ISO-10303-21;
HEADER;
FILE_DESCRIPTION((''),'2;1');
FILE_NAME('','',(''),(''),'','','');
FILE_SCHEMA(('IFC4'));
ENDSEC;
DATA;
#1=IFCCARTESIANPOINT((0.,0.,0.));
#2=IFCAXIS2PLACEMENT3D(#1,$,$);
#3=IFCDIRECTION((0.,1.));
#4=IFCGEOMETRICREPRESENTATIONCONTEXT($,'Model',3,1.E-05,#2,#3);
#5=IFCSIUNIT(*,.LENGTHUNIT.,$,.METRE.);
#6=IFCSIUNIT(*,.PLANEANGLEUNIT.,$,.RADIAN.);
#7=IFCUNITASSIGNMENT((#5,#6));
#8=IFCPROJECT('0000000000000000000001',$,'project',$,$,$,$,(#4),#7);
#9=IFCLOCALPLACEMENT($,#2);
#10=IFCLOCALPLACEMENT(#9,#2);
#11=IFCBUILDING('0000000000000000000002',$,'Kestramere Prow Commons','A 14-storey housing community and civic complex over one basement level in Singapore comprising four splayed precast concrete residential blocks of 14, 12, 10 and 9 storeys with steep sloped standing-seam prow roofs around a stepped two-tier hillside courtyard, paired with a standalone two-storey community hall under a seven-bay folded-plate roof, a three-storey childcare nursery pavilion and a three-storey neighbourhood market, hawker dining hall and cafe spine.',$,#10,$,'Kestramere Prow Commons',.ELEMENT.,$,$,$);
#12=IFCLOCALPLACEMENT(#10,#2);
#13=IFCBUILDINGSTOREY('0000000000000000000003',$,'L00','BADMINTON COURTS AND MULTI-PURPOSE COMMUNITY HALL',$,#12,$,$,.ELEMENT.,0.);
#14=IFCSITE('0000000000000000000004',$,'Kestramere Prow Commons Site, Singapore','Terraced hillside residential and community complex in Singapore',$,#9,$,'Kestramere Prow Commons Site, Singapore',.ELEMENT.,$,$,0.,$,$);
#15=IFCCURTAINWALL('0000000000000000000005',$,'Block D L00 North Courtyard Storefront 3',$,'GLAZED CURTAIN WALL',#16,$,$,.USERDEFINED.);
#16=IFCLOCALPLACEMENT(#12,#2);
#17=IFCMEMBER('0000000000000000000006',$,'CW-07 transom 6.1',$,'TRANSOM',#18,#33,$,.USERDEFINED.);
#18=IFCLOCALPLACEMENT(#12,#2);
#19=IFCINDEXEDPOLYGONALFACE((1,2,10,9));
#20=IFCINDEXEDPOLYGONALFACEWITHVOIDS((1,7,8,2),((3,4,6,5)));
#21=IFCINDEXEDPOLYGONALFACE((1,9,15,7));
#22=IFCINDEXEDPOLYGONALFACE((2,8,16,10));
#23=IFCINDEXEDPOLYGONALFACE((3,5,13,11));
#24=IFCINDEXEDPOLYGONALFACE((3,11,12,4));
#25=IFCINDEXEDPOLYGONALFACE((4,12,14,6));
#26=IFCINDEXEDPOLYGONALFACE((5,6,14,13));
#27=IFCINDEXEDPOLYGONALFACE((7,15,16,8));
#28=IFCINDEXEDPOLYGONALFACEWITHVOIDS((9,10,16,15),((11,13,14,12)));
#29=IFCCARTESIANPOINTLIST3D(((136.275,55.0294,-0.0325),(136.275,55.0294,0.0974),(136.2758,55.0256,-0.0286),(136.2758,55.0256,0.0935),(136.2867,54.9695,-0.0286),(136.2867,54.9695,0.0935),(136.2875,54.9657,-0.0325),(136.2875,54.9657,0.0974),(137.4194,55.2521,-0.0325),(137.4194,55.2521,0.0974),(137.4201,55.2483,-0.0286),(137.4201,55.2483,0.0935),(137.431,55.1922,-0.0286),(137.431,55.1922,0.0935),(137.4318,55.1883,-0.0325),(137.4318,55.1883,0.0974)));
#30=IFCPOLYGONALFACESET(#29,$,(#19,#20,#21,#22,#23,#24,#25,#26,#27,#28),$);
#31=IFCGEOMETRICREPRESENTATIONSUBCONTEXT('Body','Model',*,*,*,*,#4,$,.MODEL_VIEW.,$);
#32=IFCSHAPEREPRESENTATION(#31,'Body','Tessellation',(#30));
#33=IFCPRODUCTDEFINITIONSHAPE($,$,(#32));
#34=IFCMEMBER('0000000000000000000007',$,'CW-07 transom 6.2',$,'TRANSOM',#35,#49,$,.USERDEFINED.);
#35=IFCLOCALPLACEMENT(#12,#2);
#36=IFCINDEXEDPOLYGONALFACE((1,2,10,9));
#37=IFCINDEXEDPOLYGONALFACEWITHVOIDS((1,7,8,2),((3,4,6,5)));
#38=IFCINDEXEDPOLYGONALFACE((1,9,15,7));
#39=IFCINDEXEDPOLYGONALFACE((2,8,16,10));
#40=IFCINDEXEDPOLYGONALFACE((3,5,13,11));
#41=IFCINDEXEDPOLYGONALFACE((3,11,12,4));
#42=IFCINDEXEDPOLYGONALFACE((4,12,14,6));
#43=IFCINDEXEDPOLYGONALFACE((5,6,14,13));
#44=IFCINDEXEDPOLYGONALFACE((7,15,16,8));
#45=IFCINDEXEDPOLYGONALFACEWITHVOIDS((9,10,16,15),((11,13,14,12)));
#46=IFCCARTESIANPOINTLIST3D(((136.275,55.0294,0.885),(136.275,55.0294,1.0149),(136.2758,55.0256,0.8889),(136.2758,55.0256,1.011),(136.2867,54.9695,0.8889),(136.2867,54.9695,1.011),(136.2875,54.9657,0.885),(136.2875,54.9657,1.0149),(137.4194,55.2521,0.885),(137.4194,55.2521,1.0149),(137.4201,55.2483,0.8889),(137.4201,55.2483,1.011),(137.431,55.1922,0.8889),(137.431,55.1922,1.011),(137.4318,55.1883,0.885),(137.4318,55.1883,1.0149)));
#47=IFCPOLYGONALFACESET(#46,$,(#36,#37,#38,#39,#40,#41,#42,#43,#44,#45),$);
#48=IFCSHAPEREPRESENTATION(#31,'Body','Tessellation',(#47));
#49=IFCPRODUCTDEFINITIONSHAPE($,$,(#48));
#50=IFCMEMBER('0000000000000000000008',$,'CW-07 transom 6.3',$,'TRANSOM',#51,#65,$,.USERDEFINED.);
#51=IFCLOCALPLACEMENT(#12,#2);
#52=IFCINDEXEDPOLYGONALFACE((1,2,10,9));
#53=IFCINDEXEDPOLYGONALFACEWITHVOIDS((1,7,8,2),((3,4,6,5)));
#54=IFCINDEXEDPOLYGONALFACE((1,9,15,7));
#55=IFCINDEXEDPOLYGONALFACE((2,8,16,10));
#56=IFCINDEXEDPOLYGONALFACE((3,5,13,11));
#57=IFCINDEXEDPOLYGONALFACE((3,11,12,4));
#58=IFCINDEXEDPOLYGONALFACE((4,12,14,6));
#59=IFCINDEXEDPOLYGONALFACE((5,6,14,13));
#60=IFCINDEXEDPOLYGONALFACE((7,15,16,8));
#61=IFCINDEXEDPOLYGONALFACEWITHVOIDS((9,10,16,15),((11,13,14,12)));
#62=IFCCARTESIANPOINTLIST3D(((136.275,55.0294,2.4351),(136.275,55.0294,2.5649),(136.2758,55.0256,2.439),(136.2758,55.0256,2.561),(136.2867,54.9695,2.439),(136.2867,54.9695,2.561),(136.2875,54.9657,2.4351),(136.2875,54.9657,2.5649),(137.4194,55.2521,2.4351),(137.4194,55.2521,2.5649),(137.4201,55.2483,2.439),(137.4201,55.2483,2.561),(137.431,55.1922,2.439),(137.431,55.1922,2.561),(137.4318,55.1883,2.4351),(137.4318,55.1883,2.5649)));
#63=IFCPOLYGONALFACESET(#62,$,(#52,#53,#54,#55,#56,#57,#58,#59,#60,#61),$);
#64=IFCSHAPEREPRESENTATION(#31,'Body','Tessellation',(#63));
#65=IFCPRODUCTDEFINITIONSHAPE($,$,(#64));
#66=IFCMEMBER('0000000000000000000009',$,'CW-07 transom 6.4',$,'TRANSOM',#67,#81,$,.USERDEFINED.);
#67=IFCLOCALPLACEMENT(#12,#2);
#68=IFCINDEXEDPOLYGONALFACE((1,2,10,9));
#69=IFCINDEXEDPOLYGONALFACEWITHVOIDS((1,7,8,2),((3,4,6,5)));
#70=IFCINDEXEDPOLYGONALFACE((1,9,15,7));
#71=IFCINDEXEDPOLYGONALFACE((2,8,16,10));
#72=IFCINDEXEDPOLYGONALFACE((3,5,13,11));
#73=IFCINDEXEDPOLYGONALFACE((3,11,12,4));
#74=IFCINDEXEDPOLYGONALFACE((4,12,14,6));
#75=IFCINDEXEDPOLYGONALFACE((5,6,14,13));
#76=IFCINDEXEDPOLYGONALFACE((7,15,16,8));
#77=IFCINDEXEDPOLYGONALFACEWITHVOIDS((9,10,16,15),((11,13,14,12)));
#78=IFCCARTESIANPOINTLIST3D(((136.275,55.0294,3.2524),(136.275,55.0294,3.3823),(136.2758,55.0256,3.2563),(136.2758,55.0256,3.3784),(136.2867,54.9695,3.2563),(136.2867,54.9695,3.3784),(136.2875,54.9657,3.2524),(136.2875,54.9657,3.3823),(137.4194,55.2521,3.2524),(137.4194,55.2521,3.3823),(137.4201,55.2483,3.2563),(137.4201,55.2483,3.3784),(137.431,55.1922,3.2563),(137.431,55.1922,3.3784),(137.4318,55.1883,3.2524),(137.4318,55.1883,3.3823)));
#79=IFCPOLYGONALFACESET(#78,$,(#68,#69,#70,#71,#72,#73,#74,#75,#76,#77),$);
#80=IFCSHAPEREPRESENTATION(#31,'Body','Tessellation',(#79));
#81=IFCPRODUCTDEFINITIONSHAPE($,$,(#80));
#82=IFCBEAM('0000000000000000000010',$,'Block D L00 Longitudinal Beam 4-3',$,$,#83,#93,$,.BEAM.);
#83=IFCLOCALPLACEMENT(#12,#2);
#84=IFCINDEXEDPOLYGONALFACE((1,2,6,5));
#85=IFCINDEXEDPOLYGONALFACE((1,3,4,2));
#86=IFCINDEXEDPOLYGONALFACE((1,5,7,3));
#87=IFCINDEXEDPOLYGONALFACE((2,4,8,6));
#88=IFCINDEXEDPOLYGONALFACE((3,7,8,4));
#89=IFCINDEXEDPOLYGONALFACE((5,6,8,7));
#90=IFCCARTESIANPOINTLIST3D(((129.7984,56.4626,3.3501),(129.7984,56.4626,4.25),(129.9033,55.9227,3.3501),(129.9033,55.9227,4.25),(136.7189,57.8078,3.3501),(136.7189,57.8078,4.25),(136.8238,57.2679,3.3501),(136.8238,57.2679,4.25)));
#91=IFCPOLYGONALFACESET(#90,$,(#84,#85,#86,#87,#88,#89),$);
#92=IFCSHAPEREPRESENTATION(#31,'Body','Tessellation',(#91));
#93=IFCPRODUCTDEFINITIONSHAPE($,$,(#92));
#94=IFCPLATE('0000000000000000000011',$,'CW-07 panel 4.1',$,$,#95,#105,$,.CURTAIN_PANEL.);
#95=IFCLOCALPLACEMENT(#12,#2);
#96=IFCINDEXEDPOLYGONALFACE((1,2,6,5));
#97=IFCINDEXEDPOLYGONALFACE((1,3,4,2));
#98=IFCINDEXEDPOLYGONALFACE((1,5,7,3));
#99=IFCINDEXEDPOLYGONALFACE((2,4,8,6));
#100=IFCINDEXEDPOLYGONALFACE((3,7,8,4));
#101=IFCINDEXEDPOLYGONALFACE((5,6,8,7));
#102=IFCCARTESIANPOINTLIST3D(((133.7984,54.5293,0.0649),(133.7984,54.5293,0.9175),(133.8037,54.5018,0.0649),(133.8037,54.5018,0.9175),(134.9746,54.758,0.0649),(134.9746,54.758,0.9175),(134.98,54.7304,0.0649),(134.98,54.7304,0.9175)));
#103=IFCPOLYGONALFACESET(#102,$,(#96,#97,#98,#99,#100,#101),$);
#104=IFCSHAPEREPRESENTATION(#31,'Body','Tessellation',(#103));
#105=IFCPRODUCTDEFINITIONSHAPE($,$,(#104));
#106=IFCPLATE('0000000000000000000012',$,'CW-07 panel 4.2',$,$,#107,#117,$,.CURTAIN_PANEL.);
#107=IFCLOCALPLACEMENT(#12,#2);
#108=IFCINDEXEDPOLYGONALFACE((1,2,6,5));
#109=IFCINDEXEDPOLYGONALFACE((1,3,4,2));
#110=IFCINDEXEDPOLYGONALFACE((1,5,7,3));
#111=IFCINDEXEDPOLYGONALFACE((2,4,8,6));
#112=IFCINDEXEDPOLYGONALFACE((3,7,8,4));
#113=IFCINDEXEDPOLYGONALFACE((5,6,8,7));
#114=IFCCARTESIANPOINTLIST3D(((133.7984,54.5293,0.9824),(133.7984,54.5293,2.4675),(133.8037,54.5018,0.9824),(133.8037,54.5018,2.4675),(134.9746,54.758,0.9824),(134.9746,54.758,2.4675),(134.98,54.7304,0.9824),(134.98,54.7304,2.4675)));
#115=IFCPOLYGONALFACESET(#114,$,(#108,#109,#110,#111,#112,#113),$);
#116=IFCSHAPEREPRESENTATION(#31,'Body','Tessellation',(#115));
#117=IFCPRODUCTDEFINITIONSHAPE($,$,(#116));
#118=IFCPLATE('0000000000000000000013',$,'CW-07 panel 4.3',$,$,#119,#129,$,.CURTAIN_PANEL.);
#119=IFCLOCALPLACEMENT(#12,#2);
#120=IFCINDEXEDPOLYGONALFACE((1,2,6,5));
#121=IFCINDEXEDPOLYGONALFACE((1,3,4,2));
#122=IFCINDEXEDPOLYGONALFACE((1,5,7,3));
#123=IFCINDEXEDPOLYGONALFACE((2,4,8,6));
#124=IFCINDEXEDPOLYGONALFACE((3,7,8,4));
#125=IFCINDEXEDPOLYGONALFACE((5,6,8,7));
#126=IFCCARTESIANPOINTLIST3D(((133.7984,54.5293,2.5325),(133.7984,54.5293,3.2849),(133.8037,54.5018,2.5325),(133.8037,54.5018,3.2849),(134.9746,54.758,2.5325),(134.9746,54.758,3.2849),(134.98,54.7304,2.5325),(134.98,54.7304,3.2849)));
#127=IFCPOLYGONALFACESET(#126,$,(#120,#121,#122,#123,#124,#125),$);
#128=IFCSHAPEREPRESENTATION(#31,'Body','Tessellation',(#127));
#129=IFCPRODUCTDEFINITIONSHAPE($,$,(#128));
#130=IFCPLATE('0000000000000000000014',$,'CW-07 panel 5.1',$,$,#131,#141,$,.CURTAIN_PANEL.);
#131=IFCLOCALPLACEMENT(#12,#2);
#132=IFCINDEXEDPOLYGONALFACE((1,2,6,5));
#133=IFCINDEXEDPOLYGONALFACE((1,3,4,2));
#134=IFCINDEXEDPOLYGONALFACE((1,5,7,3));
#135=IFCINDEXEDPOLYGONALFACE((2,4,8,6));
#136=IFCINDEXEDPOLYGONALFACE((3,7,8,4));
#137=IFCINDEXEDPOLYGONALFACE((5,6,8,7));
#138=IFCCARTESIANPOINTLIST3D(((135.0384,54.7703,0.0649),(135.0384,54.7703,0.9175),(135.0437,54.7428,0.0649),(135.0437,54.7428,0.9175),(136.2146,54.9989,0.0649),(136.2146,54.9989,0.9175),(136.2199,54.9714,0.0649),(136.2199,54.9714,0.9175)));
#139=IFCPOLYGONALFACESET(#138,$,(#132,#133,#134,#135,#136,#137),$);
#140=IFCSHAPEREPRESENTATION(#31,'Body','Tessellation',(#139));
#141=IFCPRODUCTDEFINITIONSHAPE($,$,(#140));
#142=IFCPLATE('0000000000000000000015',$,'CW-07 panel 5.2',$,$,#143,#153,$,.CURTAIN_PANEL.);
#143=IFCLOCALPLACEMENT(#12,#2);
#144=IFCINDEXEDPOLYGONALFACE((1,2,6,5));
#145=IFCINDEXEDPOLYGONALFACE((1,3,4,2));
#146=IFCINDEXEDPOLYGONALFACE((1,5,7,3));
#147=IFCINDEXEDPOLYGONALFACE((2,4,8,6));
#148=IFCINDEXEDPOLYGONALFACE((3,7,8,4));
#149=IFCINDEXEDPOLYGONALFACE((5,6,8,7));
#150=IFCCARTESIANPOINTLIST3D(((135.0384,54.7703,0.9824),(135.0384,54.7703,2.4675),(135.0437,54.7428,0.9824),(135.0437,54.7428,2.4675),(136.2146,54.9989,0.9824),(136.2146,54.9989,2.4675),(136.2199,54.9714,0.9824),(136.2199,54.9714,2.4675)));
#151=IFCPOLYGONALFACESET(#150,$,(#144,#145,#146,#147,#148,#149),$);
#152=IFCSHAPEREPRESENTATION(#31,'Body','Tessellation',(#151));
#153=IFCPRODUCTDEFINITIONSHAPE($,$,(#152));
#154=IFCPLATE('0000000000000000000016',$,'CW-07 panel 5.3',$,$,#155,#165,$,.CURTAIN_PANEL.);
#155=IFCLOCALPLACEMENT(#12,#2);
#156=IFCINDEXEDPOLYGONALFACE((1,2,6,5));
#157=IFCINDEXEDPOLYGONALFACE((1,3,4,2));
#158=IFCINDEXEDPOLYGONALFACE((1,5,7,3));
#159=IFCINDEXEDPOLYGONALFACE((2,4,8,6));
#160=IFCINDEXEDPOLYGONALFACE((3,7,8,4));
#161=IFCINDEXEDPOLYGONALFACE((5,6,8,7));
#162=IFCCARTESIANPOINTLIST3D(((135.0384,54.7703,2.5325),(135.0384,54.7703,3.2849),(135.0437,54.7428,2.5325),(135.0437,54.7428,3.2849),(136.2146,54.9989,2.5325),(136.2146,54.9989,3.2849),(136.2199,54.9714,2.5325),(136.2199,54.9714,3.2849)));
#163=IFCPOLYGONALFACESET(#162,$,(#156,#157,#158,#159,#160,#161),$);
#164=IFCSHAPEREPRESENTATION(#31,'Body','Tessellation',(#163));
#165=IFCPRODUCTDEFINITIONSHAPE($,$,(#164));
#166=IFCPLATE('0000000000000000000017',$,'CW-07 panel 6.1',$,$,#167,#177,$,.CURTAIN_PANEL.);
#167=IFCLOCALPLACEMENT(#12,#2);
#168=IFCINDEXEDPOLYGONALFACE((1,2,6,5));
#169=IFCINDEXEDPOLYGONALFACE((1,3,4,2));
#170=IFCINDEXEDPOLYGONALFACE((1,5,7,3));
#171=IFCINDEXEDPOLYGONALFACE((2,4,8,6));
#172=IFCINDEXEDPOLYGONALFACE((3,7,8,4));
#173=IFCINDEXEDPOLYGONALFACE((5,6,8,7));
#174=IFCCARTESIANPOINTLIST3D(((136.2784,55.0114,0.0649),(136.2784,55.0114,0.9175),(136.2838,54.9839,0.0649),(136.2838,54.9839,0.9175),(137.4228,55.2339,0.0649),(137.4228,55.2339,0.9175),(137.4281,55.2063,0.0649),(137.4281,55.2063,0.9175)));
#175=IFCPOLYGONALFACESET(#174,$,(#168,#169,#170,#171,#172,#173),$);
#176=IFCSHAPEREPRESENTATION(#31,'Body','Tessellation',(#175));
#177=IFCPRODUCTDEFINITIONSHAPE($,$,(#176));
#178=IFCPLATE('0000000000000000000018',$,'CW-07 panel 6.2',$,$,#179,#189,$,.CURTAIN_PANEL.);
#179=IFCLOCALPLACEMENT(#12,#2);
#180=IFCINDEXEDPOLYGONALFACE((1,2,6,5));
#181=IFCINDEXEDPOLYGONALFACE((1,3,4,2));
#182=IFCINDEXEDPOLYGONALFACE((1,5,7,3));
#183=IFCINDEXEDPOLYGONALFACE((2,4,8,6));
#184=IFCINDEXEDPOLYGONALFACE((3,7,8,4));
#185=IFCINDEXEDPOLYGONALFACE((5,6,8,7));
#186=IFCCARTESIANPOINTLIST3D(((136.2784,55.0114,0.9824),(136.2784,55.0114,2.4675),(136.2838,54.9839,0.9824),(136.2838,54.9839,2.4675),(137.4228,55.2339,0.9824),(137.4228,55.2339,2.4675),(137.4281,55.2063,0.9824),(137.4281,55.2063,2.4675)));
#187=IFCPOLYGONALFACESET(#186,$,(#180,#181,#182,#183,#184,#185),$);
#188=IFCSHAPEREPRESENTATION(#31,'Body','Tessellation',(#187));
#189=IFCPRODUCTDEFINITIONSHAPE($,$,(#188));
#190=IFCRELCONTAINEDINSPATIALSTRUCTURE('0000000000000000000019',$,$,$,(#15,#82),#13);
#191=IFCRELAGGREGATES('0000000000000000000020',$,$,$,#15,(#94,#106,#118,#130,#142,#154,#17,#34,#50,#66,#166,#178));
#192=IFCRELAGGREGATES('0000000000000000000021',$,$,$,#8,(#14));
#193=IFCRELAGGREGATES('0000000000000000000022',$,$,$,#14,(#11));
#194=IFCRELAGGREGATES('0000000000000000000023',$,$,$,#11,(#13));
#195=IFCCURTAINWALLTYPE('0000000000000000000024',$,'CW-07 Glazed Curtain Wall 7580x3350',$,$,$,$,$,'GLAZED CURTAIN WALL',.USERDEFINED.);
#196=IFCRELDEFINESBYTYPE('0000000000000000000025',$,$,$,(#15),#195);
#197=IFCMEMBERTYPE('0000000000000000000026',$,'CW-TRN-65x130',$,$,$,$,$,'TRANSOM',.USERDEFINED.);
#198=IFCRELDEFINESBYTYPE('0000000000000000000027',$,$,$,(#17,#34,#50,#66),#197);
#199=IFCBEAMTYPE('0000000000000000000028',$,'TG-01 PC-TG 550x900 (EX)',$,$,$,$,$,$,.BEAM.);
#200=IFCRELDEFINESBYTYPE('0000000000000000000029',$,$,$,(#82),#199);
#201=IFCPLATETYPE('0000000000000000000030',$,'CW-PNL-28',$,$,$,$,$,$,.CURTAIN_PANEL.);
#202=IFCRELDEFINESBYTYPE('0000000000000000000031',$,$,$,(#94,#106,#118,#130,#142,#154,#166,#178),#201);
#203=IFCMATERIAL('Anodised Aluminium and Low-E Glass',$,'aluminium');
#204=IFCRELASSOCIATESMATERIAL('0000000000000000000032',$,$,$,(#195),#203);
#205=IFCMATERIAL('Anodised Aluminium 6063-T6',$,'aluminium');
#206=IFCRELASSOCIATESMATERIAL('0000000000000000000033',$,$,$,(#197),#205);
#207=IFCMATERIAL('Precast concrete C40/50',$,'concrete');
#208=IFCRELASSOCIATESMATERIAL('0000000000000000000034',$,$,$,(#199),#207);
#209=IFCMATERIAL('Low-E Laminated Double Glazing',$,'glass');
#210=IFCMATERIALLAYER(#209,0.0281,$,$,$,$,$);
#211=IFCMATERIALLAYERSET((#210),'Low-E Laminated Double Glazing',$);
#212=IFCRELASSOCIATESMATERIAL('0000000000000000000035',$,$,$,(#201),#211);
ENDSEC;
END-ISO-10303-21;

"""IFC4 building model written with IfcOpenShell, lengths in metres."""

from ifc_helpers import new_model, si_unit, direction, frame, origin, origin_2d, place, context, subcontext, project, spatial, rectangle, hollow_rectangle, extrude, material, layer, layer_set, material_profile, profile_set, type_object, element, aggregate, save


model = new_model("IFC4")

# Units and contexts
model_context = context("Model", 3, precision=1e-05, world=origin(), true_north=direction((0.0, 1.0)))
body_context = subcontext(model_context, "Body", "Model", "MODEL_VIEW")
ifc_project = project(units=[si_unit("LENGTHUNIT", "METRE"), si_unit("PLANEANGLEUNIT", "RADIAN")], contexts=[model_context])

# Site, building, storey
site_placement = place(None, origin())
site = spatial("IfcSite", under=ifc_project, at=site_placement, Name="Kestramere Prow Commons Site, Singapore", Description="Terraced hillside residential and community complex in Singapore", LongName="Kestramere Prow Commons Site, Singapore", CompositionType="ELEMENT", RefElevation=0.0)
building_placement = place(site_placement, origin())
building = spatial("IfcBuilding", under=site, at=building_placement, Name="Kestramere Prow Commons", Description="A 14-storey housing community and civic complex over one basement level in Singapore comprising four splayed precast concrete residential blocks of 14, 12, 10 and 9 storeys with steep sloped standing-seam prow roofs around a stepped two-tier hillside courtyard, paired with a standalone two-storey community hall under a seven-bay folded-plate roof, a three-storey childcare nursery pavilion and a three-storey neighbourhood market, hawker dining hall and cafe spine.", LongName="Kestramere Prow Commons", CompositionType="ELEMENT")
storey_placement = place(building_placement, origin())
storey = spatial("IfcBuildingStorey", under=building, at=storey_placement, Name="L00", Description="BADMINTON COURTS AND MULTI-PURPOSE COMMUNITY HALL", CompositionType="ELEMENT", Elevation=0.0)

# Shared definitions
ifc_material_1 = material(Name="Precast concrete C40/50", Category="concrete")

# Curtain wall, members
ifc_material_2 = material(Name="Anodised Aluminium and Low-E Glass", Category="aluminium")
curtain_wall_type = type_object("IfcCurtainWallType", Name="CW-07 Glazed Curtain Wall 7580x3350", ElementType="GLAZED CURTAIN WALL", PredefinedType="USERDEFINED", material=ifc_material_2)
curtain_wall_placement = place(storey_placement, origin())
curtain_wall = element("IfcCurtainWall", 1, at=curtain_wall_placement, inside=storey, type_object=curtain_wall_type, Name="Block D L00 North Courtyard Storefront 3", ObjectType="GLAZED CURTAIN WALL", PredefinedType="USERDEFINED")
ifc_material_3 = material(Name="Anodised Aluminium 6063-T6", Category="aluminium")
ifc_material_profile_1 = material_profile(ifc_material_3, hollow_rectangle(XDim=0.0649, YDim=0.1299, WallThickness=0.0039, at=origin_2d()), Name="ALU-TRN 65x130")
ifc_profile_set_1 = profile_set([ifc_material_profile_1], Name="Anodised Aluminium 6063-T6")
member_type_1 = type_object("IfcMemberType", Name="CW-TRN-65x130", ElementType="TRANSOM", PredefinedType="USERDEFINED", material=ifc_profile_set_1)
member_1_placement = place(storey_placement, frame((136.2812, 54.9976, 0.0325), z_axis=(0.98159, 0.190999, 0.0), x_axis=(-0.190999, 0.98159, 0.0)))
member_1 = element("IfcMember", 2, at=member_1_placement, type_object=member_type_1, Name="CW-07 transom 6.1", ObjectType="TRANSOM", PredefinedType="USERDEFINED", context=body_context, shape_type="SweptSolid", body=[
    extrude(hollow_rectangle(XDim=0.0649, YDim=0.1299, WallThickness=0.0039, at=origin_2d()), origin(), (0.0, 0.0, 1.0), 1.1658),
])
member_2_placement = place(storey_placement, frame((136.2812, 54.9976, 0.95), z_axis=(0.98159, 0.190999, 0.0), x_axis=(-0.190999, 0.98159, 0.0)))
member_2 = element("IfcMember", 3, at=member_2_placement, type_object=member_type_1, Name="CW-07 transom 6.2", ObjectType="TRANSOM", PredefinedType="USERDEFINED", context=body_context, shape_type="SweptSolid", body=[
    extrude(hollow_rectangle(XDim=0.0649, YDim=0.1299, WallThickness=0.0039, at=origin_2d()), origin(), (0.0, 0.0, 1.0), 1.1658),
])
member_3_placement = place(storey_placement, frame((136.2812, 54.9976, 2.5), z_axis=(0.98159, 0.190999, 0.0), x_axis=(-0.190999, 0.98159, 0.0)))
member_3 = element("IfcMember", 4, at=member_3_placement, type_object=member_type_1, Name="CW-07 transom 6.3", ObjectType="TRANSOM", PredefinedType="USERDEFINED", context=body_context, shape_type="SweptSolid", body=[
    extrude(hollow_rectangle(XDim=0.0649, YDim=0.1299, WallThickness=0.0039, at=origin_2d()), origin(), (0.0, 0.0, 1.0), 1.1658),
])
member_4_placement = place(storey_placement, frame((136.2812, 54.9976, 3.3174), z_axis=(0.98159, 0.190999, 0.0), x_axis=(-0.190999, 0.98159, 0.0)))
member_4 = element("IfcMember", 5, at=member_4_placement, type_object=member_type_1, Name="CW-07 transom 6.4", ObjectType="TRANSOM", PredefinedType="USERDEFINED", context=body_context, shape_type="SweptSolid", body=[
    extrude(hollow_rectangle(XDim=0.0649, YDim=0.1299, WallThickness=0.0039, at=origin_2d()), origin(), (0.0, 0.0, 1.0), 1.1658),
])

# Beam
ifc_material_profile_2 = material_profile(ifc_material_1, rectangle(XDim=0.55, YDim=0.8999, at=origin_2d()), Name="PC-TG 550x900")
ifc_profile_set_2 = profile_set([ifc_material_profile_2], Name="Precast concrete C40/50")
beam_type = type_object("IfcBeamType", Name="TG-01 PC-TG 550x900 (EX)", PredefinedType="BEAM", material=ifc_profile_set_2)
beam_placement = place(storey_placement, frame((129.8508, 56.1926, 3.8), z_axis=(0.981627, 0.190812, 0.0), x_axis=(-0.190812, 0.981627, 0.0)))
element("IfcBeam", 6, at=beam_placement, inside=storey, type_object=beam_type, Name="Block D L00 Longitudinal Beam 4-3", PredefinedType="BEAM", context=body_context, shape_type="SweptSolid", body=[
    extrude(rectangle(XDim=0.55, YDim=0.8999, at=origin_2d()), origin(), (0.0, 0.0, 1.0), 7.05),
])

# Plates
ifc_material_4 = material(Name="Low-E Laminated Double Glazing", Category="glass")
ifc_layer_1 = layer(ifc_material_4, 0.0281)
ifc_layer_set_1 = layer_set([ifc_layer_1], Name="Low-E Laminated Double Glazing")
plate_type = type_object("IfcPlateType", Name="CW-PNL-28", PredefinedType="CURTAIN_PANEL", material=ifc_layer_set_1)
plate_1_placement = place(storey_placement, frame((134.3892, 54.6299, 0.0649), z_axis=(0.0, 0.0, 1.0), x_axis=(0.981627, 0.190809, 0.0)))
plate_1 = element("IfcPlate", 7, at=plate_1_placement, type_object=plate_type, Name="CW-07 panel 4.1", PredefinedType="CURTAIN_PANEL", context=body_context, shape_type="SweptSolid", body=[
    extrude(rectangle(XDim=1.1982, YDim=0.0281, at=origin_2d()), origin(), (0.0, 0.0, 1.0), 0.8525),
])
plate_2_placement = place(storey_placement, frame((134.3892, 54.6299, 0.9824), z_axis=(0.0, 0.0, 1.0), x_axis=(0.981627, 0.190809, 0.0)))
plate_2 = element("IfcPlate", 8, at=plate_2_placement, type_object=plate_type, Name="CW-07 panel 4.2", PredefinedType="CURTAIN_PANEL", context=body_context, shape_type="SweptSolid", body=[
    extrude(rectangle(XDim=1.1982, YDim=0.0281, at=origin_2d()), origin(), (0.0, 0.0, 1.0), 1.4851),
])
plate_3_placement = place(storey_placement, frame((134.3892, 54.6299, 2.5325), z_axis=(0.0, 0.0, 1.0), x_axis=(0.981627, 0.190809, 0.0)))
plate_3 = element("IfcPlate", 9, at=plate_3_placement, type_object=plate_type, Name="CW-07 panel 4.3", PredefinedType="CURTAIN_PANEL", context=body_context, shape_type="SweptSolid", body=[
    extrude(rectangle(XDim=1.1982, YDim=0.0281, at=origin_2d()), origin(), (0.0, 0.0, 1.0), 0.7524),
])
plate_4_placement = place(storey_placement, frame((135.6292, 54.8708, 0.0649), z_axis=(0.0, 0.0, 1.0), x_axis=(0.981627, 0.190809, 0.0)))
plate_4 = element("IfcPlate", 10, at=plate_4_placement, type_object=plate_type, Name="CW-07 panel 5.1", PredefinedType="CURTAIN_PANEL", context=body_context, shape_type="SweptSolid", body=[
    extrude(rectangle(XDim=1.1982, YDim=0.0281, at=origin_2d()), origin(), (0.0, 0.0, 1.0), 0.8525),
])
plate_5_placement = place(storey_placement, frame((135.6292, 54.8708, 0.9824), z_axis=(0.0, 0.0, 1.0), x_axis=(0.981627, 0.190809, 0.0)))
plate_5 = element("IfcPlate", 11, at=plate_5_placement, type_object=plate_type, Name="CW-07 panel 5.2", PredefinedType="CURTAIN_PANEL", context=body_context, shape_type="SweptSolid", body=[
    extrude(rectangle(XDim=1.1982, YDim=0.0281, at=origin_2d()), origin(), (0.0, 0.0, 1.0), 1.4851),
])
plate_6_placement = place(storey_placement, frame((135.6292, 54.8708, 2.5325), z_axis=(0.0, 0.0, 1.0), x_axis=(0.981627, 0.190809, 0.0)))
plate_6 = element("IfcPlate", 12, at=plate_6_placement, type_object=plate_type, Name="CW-07 panel 5.3", PredefinedType="CURTAIN_PANEL", context=body_context, shape_type="SweptSolid", body=[
    extrude(rectangle(XDim=1.1982, YDim=0.0281, at=origin_2d()), origin(), (0.0, 0.0, 1.0), 0.7524),
])
plate_7_placement = place(storey_placement, frame((136.8533, 55.1089, 0.0649), z_axis=(0.0, 0.0, 1.0), x_axis=(0.981627, 0.190809, 0.0)))
plate_7 = element("IfcPlate", 13, at=plate_7_placement, type_object=plate_type, Name="CW-07 panel 6.1", PredefinedType="CURTAIN_PANEL", context=body_context, shape_type="SweptSolid", body=[
    extrude(rectangle(XDim=1.1658, YDim=0.0281, at=origin_2d()), origin(), (0.0, 0.0, 1.0), 0.8525),
])
plate_8_placement = place(storey_placement, frame((136.8533, 55.1089, 0.9824), z_axis=(0.0, 0.0, 1.0), x_axis=(0.981627, 0.190809, 0.0)))
plate_8 = element("IfcPlate", 14, at=plate_8_placement, type_object=plate_type, Name="CW-07 panel 6.2", PredefinedType="CURTAIN_PANEL", context=body_context, shape_type="SweptSolid", body=[
    extrude(rectangle(XDim=1.1658, YDim=0.0281, at=origin_2d()), origin(), (0.0, 0.0, 1.0), 1.4851),
])
aggregate(curtain_wall, [plate_1, plate_2, plate_3, plate_4, plate_5, plate_6, member_1, member_2, member_3, member_4, plate_7, plate_8])

save(model, "model.ifc")
